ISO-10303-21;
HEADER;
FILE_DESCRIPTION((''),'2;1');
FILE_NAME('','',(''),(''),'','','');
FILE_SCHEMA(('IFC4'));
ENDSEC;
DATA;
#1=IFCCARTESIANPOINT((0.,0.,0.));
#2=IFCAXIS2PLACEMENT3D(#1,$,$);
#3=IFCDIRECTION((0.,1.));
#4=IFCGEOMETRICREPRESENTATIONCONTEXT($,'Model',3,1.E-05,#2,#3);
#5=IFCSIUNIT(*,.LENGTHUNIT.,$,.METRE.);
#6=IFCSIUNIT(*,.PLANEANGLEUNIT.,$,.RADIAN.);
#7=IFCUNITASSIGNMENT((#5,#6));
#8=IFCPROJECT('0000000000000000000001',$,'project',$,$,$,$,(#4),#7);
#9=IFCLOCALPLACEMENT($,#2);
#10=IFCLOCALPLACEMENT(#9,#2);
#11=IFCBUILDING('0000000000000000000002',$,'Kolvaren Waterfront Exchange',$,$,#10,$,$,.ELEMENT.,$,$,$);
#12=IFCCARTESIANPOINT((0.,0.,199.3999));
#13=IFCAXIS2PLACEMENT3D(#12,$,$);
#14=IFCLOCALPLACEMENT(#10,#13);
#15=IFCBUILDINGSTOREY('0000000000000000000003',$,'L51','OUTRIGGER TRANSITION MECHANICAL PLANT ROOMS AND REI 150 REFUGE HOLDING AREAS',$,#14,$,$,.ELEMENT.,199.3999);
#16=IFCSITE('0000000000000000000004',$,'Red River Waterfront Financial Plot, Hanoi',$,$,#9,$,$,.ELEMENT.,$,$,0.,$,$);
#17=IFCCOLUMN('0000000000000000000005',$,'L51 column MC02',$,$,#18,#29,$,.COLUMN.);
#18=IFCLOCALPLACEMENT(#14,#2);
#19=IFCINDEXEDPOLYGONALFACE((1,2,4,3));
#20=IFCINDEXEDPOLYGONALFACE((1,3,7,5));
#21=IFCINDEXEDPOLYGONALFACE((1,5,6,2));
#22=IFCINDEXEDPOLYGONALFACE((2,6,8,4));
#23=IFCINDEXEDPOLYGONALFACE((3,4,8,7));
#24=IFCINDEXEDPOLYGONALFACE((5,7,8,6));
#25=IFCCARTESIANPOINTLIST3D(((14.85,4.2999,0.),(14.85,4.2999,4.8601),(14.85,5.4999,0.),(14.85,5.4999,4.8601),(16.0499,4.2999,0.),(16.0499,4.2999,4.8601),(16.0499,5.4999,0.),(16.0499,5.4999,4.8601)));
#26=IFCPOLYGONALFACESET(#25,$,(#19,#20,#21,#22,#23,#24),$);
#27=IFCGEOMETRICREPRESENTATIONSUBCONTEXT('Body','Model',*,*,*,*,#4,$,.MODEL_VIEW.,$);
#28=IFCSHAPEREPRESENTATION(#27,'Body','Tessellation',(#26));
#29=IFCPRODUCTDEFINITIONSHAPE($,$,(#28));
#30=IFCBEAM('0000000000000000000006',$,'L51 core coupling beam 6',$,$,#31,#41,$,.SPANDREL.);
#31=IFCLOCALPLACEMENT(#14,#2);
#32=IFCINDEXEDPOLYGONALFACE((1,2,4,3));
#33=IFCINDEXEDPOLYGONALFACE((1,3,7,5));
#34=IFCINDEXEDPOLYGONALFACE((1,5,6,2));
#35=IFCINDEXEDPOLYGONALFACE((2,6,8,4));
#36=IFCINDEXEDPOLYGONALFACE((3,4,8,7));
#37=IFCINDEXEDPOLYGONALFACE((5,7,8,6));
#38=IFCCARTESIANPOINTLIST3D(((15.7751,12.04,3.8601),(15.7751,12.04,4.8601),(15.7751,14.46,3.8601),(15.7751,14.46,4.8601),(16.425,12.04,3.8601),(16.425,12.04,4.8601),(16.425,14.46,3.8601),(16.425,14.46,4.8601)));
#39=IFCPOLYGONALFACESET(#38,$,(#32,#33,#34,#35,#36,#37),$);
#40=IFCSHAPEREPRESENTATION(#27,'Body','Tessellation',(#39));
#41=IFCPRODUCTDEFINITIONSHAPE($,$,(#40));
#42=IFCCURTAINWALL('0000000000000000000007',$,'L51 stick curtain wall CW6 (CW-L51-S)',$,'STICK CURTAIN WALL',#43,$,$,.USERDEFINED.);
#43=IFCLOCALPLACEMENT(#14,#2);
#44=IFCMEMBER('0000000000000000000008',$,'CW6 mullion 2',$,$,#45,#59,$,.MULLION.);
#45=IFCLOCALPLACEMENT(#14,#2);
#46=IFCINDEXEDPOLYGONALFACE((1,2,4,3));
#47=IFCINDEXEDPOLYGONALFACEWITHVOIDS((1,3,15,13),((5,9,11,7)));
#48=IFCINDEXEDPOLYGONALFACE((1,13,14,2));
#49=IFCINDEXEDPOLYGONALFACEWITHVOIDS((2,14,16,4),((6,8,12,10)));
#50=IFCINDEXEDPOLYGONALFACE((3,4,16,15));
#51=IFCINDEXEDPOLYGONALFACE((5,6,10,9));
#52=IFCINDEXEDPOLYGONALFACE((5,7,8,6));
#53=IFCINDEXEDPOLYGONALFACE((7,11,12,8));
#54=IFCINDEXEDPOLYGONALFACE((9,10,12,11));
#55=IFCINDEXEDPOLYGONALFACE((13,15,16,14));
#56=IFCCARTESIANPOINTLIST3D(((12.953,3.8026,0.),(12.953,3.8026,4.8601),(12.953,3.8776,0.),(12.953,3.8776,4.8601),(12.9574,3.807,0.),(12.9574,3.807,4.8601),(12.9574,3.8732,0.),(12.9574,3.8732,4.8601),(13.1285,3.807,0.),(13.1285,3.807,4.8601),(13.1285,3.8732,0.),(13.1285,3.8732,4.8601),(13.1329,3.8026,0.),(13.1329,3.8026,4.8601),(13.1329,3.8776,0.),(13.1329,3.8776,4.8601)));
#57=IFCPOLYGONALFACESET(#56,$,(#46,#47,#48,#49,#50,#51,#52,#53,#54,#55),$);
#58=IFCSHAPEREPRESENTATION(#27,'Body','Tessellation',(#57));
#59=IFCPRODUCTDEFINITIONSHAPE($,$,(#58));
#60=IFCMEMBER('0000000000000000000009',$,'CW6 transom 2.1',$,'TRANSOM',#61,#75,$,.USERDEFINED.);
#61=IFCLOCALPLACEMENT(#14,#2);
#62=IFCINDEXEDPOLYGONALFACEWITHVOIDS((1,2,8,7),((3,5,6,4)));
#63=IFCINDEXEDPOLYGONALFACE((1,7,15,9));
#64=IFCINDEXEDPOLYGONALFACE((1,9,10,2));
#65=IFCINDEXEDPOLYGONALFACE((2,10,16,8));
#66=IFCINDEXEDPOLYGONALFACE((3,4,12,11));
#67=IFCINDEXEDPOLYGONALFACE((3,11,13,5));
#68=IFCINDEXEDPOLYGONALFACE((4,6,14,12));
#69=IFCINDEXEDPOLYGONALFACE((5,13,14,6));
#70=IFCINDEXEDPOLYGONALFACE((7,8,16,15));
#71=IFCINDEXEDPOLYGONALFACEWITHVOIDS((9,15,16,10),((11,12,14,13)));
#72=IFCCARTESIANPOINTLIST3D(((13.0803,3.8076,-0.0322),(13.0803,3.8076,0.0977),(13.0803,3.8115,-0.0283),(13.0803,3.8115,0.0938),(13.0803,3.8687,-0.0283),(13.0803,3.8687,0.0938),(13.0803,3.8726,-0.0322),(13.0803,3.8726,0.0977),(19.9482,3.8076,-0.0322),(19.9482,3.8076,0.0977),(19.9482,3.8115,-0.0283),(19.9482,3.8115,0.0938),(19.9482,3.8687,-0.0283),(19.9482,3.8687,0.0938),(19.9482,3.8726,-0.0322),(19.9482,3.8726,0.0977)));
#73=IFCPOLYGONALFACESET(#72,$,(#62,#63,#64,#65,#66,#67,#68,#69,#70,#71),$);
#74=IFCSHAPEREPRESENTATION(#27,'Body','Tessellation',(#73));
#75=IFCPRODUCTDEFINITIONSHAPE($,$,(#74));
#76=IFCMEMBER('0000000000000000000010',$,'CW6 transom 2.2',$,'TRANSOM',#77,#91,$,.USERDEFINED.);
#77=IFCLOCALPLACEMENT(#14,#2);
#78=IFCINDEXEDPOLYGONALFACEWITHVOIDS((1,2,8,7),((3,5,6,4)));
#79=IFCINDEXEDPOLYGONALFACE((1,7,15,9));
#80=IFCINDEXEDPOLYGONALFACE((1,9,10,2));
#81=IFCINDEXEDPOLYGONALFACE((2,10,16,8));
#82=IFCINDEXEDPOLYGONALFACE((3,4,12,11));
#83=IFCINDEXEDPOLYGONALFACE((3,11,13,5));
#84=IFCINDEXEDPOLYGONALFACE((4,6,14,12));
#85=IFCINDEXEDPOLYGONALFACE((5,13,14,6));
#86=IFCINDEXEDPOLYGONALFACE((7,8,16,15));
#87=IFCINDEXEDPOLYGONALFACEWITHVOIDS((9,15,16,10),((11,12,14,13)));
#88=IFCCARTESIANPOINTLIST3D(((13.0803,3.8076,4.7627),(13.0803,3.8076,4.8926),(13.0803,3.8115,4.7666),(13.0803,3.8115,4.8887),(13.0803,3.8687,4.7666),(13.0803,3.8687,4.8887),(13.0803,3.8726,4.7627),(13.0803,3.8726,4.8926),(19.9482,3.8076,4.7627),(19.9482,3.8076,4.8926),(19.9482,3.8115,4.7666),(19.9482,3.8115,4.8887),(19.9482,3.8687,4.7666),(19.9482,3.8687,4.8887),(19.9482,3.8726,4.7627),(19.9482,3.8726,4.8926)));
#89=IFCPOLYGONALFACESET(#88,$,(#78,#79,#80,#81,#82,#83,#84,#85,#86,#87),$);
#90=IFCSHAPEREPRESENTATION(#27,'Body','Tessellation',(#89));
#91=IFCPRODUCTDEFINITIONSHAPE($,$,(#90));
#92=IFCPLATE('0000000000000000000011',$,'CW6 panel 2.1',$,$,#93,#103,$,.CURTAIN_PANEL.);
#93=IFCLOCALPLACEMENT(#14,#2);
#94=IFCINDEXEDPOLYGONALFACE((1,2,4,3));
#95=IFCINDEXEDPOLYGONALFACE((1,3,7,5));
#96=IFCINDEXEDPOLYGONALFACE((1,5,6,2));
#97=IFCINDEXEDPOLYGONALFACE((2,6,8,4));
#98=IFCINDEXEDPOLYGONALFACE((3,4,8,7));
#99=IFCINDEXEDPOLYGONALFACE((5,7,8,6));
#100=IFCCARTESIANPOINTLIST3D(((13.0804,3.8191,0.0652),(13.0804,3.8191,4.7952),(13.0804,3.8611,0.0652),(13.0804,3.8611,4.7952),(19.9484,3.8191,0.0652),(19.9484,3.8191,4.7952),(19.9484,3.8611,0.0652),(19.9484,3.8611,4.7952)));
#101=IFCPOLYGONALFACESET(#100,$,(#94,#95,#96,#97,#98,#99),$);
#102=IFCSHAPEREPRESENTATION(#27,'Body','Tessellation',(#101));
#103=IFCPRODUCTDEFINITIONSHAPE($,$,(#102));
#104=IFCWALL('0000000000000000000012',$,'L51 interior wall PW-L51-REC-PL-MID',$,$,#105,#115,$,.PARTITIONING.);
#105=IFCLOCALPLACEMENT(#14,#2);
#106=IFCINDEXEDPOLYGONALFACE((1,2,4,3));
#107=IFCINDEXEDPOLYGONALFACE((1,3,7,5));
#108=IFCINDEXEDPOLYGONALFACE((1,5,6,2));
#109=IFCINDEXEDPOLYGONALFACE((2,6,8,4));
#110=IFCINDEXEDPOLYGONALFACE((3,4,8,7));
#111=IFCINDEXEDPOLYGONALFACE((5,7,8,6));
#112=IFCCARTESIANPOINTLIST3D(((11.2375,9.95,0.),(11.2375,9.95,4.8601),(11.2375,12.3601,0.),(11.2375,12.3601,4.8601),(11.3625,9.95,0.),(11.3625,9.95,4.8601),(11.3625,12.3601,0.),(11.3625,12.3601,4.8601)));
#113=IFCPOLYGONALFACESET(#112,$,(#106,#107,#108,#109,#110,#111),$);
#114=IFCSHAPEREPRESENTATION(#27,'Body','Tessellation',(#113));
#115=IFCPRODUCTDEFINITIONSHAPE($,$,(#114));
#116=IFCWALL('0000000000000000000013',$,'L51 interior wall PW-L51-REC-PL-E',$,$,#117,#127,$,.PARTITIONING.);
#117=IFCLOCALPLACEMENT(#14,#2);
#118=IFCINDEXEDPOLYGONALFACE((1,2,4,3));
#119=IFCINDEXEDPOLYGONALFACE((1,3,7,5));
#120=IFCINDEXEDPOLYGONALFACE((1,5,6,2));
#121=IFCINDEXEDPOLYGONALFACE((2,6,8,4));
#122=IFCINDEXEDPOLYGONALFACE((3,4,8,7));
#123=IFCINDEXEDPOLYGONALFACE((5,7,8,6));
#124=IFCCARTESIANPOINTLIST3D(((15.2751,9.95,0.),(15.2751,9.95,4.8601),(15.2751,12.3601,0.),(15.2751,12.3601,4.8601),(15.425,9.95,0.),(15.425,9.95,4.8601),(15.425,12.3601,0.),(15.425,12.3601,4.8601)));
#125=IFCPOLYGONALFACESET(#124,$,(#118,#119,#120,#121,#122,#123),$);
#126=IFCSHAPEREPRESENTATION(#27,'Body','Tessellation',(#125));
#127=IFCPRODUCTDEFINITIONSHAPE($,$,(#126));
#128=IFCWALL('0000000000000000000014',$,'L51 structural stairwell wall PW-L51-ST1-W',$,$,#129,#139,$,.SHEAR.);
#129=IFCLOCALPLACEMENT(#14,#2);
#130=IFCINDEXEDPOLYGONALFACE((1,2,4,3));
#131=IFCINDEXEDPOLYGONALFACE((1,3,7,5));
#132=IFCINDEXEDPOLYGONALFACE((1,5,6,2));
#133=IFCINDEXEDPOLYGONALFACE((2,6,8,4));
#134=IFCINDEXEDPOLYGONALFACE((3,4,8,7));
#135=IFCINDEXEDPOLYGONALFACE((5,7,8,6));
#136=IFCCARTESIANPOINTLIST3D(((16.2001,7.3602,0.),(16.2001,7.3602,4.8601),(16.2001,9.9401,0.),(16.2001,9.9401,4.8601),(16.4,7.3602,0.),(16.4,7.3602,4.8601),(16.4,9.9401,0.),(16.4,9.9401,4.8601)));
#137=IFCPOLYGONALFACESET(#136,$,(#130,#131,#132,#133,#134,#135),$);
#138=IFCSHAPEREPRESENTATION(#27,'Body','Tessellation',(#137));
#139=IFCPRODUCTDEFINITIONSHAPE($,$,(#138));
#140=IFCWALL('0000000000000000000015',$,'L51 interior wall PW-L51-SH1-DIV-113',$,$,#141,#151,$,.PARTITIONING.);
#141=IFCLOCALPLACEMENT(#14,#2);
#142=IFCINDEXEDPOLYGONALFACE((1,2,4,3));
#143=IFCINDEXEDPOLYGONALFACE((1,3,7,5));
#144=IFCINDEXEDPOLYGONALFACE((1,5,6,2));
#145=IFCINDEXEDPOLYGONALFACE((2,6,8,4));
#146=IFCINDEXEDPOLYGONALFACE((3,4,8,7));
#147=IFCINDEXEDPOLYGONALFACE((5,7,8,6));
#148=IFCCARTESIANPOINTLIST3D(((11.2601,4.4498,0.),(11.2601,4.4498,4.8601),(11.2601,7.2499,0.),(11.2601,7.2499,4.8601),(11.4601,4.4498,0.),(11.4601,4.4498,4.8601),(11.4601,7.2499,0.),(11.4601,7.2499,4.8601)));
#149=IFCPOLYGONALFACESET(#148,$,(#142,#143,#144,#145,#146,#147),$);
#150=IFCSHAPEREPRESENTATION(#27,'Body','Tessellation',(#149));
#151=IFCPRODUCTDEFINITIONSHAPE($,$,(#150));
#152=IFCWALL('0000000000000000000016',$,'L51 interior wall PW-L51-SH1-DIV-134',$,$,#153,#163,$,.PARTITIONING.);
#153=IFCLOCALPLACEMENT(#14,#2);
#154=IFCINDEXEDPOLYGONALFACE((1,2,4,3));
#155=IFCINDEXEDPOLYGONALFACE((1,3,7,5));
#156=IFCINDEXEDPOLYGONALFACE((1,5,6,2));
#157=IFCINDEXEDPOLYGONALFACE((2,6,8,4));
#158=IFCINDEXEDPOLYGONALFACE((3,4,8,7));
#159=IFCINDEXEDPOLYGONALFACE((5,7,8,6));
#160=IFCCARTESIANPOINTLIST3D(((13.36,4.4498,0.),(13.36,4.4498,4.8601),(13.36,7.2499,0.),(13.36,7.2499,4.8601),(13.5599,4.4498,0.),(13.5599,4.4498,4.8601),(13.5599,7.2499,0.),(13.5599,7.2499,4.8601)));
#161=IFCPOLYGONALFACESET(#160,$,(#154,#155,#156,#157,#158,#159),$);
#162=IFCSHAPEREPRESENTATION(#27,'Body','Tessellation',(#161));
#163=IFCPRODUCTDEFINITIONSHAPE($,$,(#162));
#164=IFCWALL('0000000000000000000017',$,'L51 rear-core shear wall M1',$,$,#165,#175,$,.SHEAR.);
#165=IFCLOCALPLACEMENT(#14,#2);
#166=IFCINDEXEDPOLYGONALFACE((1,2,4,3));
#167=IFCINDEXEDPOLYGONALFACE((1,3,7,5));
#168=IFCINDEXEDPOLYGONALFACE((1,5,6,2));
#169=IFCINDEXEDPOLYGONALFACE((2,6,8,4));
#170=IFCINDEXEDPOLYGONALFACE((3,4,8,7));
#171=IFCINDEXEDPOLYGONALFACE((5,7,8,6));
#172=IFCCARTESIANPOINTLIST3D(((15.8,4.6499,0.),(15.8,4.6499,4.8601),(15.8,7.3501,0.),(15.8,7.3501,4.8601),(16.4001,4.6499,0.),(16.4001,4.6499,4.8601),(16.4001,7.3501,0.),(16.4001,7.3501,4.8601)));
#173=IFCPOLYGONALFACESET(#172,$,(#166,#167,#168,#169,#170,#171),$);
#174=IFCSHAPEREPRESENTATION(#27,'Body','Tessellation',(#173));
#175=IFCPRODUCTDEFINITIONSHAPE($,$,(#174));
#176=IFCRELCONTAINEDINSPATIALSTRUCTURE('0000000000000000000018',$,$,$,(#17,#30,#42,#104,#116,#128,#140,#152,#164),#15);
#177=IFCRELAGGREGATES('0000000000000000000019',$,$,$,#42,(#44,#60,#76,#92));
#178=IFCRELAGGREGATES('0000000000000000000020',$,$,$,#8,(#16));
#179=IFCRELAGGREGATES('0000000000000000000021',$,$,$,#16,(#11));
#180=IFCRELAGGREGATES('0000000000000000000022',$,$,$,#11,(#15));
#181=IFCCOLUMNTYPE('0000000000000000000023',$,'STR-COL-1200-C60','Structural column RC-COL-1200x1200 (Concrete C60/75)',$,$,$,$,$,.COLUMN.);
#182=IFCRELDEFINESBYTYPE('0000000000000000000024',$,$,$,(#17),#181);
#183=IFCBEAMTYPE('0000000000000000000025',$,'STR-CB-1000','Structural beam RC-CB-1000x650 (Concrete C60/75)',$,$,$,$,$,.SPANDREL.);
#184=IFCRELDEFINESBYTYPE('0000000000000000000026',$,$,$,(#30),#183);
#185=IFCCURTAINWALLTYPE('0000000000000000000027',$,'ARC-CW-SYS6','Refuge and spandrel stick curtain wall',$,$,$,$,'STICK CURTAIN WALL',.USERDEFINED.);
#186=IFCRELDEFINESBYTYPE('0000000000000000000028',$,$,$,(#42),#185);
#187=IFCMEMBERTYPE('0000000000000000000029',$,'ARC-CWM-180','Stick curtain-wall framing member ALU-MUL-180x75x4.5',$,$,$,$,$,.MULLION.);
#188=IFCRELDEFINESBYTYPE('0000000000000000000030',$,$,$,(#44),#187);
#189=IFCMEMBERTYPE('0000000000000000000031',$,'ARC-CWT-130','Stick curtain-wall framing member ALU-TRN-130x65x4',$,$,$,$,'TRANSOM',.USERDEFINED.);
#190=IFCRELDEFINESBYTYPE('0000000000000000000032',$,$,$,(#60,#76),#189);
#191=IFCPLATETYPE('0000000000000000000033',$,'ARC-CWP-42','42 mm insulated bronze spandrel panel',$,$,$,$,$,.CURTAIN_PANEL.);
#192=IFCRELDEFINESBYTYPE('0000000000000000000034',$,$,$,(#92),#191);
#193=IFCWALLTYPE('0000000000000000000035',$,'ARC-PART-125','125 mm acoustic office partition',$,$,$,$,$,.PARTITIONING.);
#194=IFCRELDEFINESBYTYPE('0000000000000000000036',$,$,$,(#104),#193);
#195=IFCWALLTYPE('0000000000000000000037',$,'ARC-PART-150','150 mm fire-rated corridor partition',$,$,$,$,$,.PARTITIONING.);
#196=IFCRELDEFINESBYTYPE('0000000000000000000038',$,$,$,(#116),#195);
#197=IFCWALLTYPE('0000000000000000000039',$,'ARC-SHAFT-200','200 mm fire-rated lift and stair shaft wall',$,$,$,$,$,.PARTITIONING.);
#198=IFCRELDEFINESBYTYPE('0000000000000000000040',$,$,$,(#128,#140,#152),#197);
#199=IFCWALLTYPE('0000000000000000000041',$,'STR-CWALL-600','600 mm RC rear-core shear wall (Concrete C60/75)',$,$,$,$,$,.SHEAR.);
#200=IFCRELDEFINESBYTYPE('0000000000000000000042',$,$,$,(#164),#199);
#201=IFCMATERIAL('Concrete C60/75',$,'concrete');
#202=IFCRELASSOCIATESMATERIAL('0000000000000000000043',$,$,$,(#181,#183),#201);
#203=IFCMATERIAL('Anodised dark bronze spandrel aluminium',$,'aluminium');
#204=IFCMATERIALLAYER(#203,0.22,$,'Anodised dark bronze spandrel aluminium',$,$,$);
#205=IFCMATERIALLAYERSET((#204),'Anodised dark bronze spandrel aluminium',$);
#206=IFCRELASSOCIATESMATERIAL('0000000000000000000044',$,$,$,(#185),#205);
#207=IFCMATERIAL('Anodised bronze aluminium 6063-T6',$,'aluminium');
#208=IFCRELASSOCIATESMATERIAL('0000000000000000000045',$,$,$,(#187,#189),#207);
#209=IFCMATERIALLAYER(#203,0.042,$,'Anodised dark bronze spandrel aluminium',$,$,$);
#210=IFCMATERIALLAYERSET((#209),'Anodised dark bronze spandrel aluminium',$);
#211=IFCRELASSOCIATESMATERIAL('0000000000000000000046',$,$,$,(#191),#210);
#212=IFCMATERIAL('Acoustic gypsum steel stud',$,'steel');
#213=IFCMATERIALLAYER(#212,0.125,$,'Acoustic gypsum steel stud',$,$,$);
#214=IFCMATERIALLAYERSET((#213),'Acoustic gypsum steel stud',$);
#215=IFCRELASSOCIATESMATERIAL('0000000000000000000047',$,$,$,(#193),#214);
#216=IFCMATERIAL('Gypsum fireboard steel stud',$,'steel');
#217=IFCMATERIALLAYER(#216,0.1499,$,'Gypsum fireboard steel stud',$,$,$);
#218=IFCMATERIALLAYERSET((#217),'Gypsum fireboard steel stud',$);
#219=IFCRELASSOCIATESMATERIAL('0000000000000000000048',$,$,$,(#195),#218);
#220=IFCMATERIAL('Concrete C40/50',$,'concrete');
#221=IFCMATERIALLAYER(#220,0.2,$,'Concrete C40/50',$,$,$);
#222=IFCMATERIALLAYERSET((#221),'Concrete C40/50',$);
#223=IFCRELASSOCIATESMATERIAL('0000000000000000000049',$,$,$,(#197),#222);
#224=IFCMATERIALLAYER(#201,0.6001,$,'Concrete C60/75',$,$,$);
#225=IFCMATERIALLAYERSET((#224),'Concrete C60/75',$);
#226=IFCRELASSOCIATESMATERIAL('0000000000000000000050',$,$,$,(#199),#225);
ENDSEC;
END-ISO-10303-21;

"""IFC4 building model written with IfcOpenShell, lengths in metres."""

from ifc_helpers import new_model, si_unit, direction, frame, frame_2d, origin, origin_with_axes, origin_2d, place, context, subcontext, project, spatial, rectangle, hollow_rectangle, extrude, source, transform, mapped, material, layer, layer_set, material_profile, profile_set, type_object, element, aggregate, save


model = new_model("IFC4")

# Units and contexts
model_context = context("Model", 3, precision=1e-05, world=origin(), true_north=direction((0.0, 1.0)))
body_context = subcontext(model_context, "Body", "Model", "MODEL_VIEW")
ifc_project = project(units=[si_unit("LENGTHUNIT", "METRE"), si_unit("PLANEANGLEUNIT", "RADIAN")], contexts=[model_context])

# Site, building, storey
site_placement = place(None, origin())
site = spatial("IfcSite", under=ifc_project, at=site_placement, Name="Red River Waterfront Financial Plot, Hanoi", CompositionType="ELEMENT", RefElevation=0.0)
building_placement = place(site_placement, origin())
building = spatial("IfcBuilding", under=site, at=building_placement, Name="Kolvaren Waterfront Exchange", CompositionType="ELEMENT")
storey_placement = place(building_placement, frame((0.0, 0.0, 199.3999)))
storey = spatial("IfcBuildingStorey", under=building, at=storey_placement, Name="L51", Description="OUTRIGGER TRANSITION MECHANICAL PLANT ROOMS AND REI 150 REFUGE HOLDING AREAS", CompositionType="ELEMENT", Elevation=199.3999)

# Column
ifc_material_1 = material(Name="Concrete C60/75", Category="concrete")
ifc_material_profile_1 = material_profile(ifc_material_1, rectangle(XDim=1.2, YDim=1.2, at=origin_2d()), Name="RC-COL-1200x1200")
ifc_profile_set_1 = profile_set([ifc_material_profile_1], Name="Concrete C60/75")
column_type = type_object("IfcColumnType", Name="STR-COL-1200-C60", Description="Structural column RC-COL-1200x1200 (Concrete C60/75)", PredefinedType="COLUMN", material=ifc_profile_set_1)
column_placement = place(storey_placement, frame((15.45, 4.8999, 0.0), z_axis=(0.0, 0.0, 1.0), x_axis=(1.0, 0.0, 0.0)))
element("IfcColumn", 1, at=column_placement, inside=storey, type_object=column_type, Name="L51 column MC02", PredefinedType="COLUMN", context=body_context, shape_type="SweptSolid", body=[
    extrude(rectangle(XDim=1.2, YDim=1.2, at=origin_2d()), origin(), (0.0, 0.0, 1.0), 4.8601),
])

# Beam
ifc_material_profile_2 = material_profile(ifc_material_1, rectangle(XDim=0.6499, YDim=1.0, at=origin_2d()), Name="RC-CB-1000x650")
ifc_profile_set_2 = profile_set([ifc_material_profile_2], Name="Concrete C60/75")
beam_type = type_object("IfcBeamType", Name="STR-CB-1000", Description="Structural beam RC-CB-1000x650 (Concrete C60/75)", PredefinedType="SPANDREL", material=ifc_profile_set_2)
beam_placement = place(storey_placement, frame((16.1001, 12.04, 4.3601), z_axis=(0.0, 1.0, 0.0), x_axis=(-1.0, 0.0, 0.0)))
element("IfcBeam", 2, at=beam_placement, inside=storey, type_object=beam_type, Name="L51 core coupling beam 6", PredefinedType="SPANDREL", context=body_context, shape_type="SweptSolid", body=[
    extrude(rectangle(XDim=0.6499, YDim=1.0, at=origin_2d()), origin(), (0.0, 0.0, 1.0), 2.4199),
])

# Curtain wall, members, plate
ifc_material_2 = material(Name="Anodised dark bronze spandrel aluminium", Category="aluminium")
ifc_layer_1 = layer(ifc_material_2, 0.22, Name="Anodised dark bronze spandrel aluminium")
ifc_layer_set_1 = layer_set([ifc_layer_1], Name="Anodised dark bronze spandrel aluminium")
curtain_wall_type = type_object("IfcCurtainWallType", Name="ARC-CW-SYS6", Description="Refuge and spandrel stick curtain wall", ElementType="STICK CURTAIN WALL", PredefinedType="USERDEFINED", material=ifc_layer_set_1)
curtain_wall_placement = place(storey_placement, origin())
curtain_wall = element("IfcCurtainWall", 3, at=curtain_wall_placement, inside=storey, type_object=curtain_wall_type, Name="L51 stick curtain wall CW6 (CW-L51-S)", ObjectType="STICK CURTAIN WALL", PredefinedType="USERDEFINED")
ifc_material_3 = material(Name="Anodised bronze aluminium 6063-T6", Category="aluminium")
ifc_material_profile_3 = material_profile(ifc_material_3, hollow_rectangle(XDim=0.075, YDim=0.1799, WallThickness=0.0044, at=origin_2d()), Name="ALU-MUL-180x75x4.5")
ifc_profile_set_3 = profile_set([ifc_material_profile_3], Name="Anodised bronze aluminium 6063-T6")
member_type_1 = type_object("IfcMemberType", Name="ARC-CWM-180", Description="Stick curtain-wall framing member ALU-MUL-180x75x4.5", PredefinedType="MULLION", material=ifc_profile_set_3)
shared_shape_1 = source(origin_with_axes(), body_context, "Body", "SweptSolid", [
    extrude(hollow_rectangle(XDim=0.075, YDim=0.1799, WallThickness=0.0044, at=origin_2d()), origin(), (0.0, 0.0, 1.0), 4.8601),
])
member_1_placement = place(storey_placement, frame((13.043, 3.8401, 0.0), z_axis=(0.0, 0.0, 1.0), x_axis=(0.0, 1.0, 0.0)))
member_1 = element("IfcMember", 4, at=member_1_placement, type_object=member_type_1, Name="CW6 mullion 2", PredefinedType="MULLION", context=body_context, shape_type="MappedRepresentation", body=[
    mapped(shared_shape_1, transform((0.0, 0.0, 0.0), x_axis=(1.0, 0.0, 0.0), y_axis=(0.0, 1.0, 0.0), z_axis=(0.0, 0.0, 1.0), scale=1.0)),
])
ifc_material_profile_4 = material_profile(ifc_material_3, hollow_rectangle(XDim=0.0649, YDim=0.1299, WallThickness=0.0039, at=origin_2d()), Name="ALU-TRN-130x65x4")
ifc_profile_set_4 = profile_set([ifc_material_profile_4], Name="Anodised bronze aluminium 6063-T6")
member_type_2 = type_object("IfcMemberType", Name="ARC-CWT-130", Description="Stick curtain-wall framing member ALU-TRN-130x65x4", ElementType="TRANSOM", PredefinedType="USERDEFINED", material=ifc_profile_set_4)
shared_shape_2 = source(origin_with_axes(), body_context, "Body", "SweptSolid", [
    extrude(hollow_rectangle(XDim=0.0649, YDim=0.1299, WallThickness=0.0039, at=origin_2d()), origin(), (0.0, 0.0, 1.0), 6.8679),
])
member_2_placement = place(storey_placement, frame((13.0803, 3.8401, 0.0327), z_axis=(1.0, 0.0, 0.0), x_axis=(0.0, 1.0, 0.0)))
member_2 = element("IfcMember", 5, at=member_2_placement, type_object=member_type_2, Name="CW6 transom 2.1", ObjectType="TRANSOM", PredefinedType="USERDEFINED", context=body_context, shape_type="MappedRepresentation", body=[
    mapped(shared_shape_2, transform((0.0, 0.0, 0.0), x_axis=(1.0, 0.0, 0.0), y_axis=(0.0, 1.0, 0.0), z_axis=(0.0, 0.0, 1.0), scale=1.0)),
])
member_3_placement = place(storey_placement, frame((13.0803, 3.8401, 4.8276), z_axis=(1.0, 0.0, 0.0), x_axis=(0.0, 1.0, 0.0)))
member_3 = element("IfcMember", 6, at=member_3_placement, type_object=member_type_2, Name="CW6 transom 2.2", ObjectType="TRANSOM", PredefinedType="USERDEFINED", context=body_context, shape_type="MappedRepresentation", body=[
    mapped(shared_shape_2, transform((0.0, 0.0, 0.0), x_axis=(1.0, 0.0, 0.0), y_axis=(0.0, 1.0, 0.0), z_axis=(0.0, 0.0, 1.0), scale=1.0)),
])
ifc_layer_2 = layer(ifc_material_2, 0.042, Name="Anodised dark bronze spandrel aluminium")
ifc_layer_set_2 = layer_set([ifc_layer_2], Name="Anodised dark bronze spandrel aluminium")
plate_type = type_object("IfcPlateType", Name="ARC-CWP-42", Description="42 mm insulated bronze spandrel panel", PredefinedType="CURTAIN_PANEL", material=ifc_layer_set_2)
shared_shape_3 = source(origin_with_axes(), body_context, "Body", "SweptSolid", [
    extrude(rectangle(XDim=6.8679, YDim=0.042, at=origin_2d()), origin(), (0.0, 0.0, 1.0), 4.73),
])
plate_placement = place(storey_placement, frame((16.5144, 3.8401, 0.0652), z_axis=(0.0, 0.0, 1.0), x_axis=(1.0, 0.0, 0.0)))
plate = element("IfcPlate", 7, at=plate_placement, type_object=plate_type, Name="CW6 panel 2.1", PredefinedType="CURTAIN_PANEL", context=body_context, shape_type="MappedRepresentation", body=[
    mapped(shared_shape_3, transform((0.0, 0.0, 0.0), x_axis=(1.0, 0.0, 0.0), y_axis=(0.0, 1.0, 0.0), z_axis=(0.0, 0.0, 1.0), scale=1.0)),
])
aggregate(curtain_wall, [member_1, member_2, member_3, plate])

# Walls
ifc_material_4 = material(Name="Acoustic gypsum steel stud", Category="steel")
ifc_layer_3 = layer(ifc_material_4, 0.125, Name="Acoustic gypsum steel stud")
ifc_layer_set_3 = layer_set([ifc_layer_3], Name="Acoustic gypsum steel stud")
wall_type_1 = type_object("IfcWallType", Name="ARC-PART-125", Description="125 mm acoustic office partition", PredefinedType="PARTITIONING", material=ifc_layer_set_3)
wall_1_placement = place(storey_placement, frame((11.3, 9.95, 0.0), z_axis=(0.0, 0.0, 1.0), x_axis=(0.0, 1.0, 0.0)))
element("IfcWall", 8, at=wall_1_placement, inside=storey, type_object=wall_type_1, Name="L51 interior wall PW-L51-REC-PL-MID", PredefinedType="PARTITIONING", context=body_context, shape_type="SweptSolid", body=[
    extrude(rectangle(XDim=2.4102, YDim=0.125, at=frame_2d((1.2051, 0.0))), origin(), (0.0, 0.0, 1.0), 4.8601),
])
ifc_material_5 = material(Name="Gypsum fireboard steel stud", Category="steel")
ifc_layer_4 = layer(ifc_material_5, 0.1499, Name="Gypsum fireboard steel stud")
ifc_layer_set_4 = layer_set([ifc_layer_4], Name="Gypsum fireboard steel stud")
wall_type_2 = type_object("IfcWallType", Name="ARC-PART-150", Description="150 mm fire-rated corridor partition", PredefinedType="PARTITIONING", material=ifc_layer_set_4)
wall_2_placement = place(storey_placement, frame((15.3501, 9.95, 0.0), z_axis=(0.0, 0.0, 1.0), x_axis=(0.0, 1.0, 0.0)))
element("IfcWall", 9, at=wall_2_placement, inside=storey, type_object=wall_type_2, Name="L51 interior wall PW-L51-REC-PL-E", PredefinedType="PARTITIONING", context=body_context, shape_type="SweptSolid", body=[
    extrude(rectangle(XDim=2.4102, YDim=0.1499, at=frame_2d((1.2051, 0.0))), origin(), (0.0, 0.0, 1.0), 4.8601),
])
ifc_material_6 = material(Name="Concrete C40/50", Category="concrete")
ifc_layer_5 = layer(ifc_material_6, 0.2, Name="Concrete C40/50")
ifc_layer_set_5 = layer_set([ifc_layer_5], Name="Concrete C40/50")
wall_type_3 = type_object("IfcWallType", Name="ARC-SHAFT-200", Description="200 mm fire-rated lift and stair shaft wall", PredefinedType="PARTITIONING", material=ifc_layer_set_5)
wall_3_placement = place(storey_placement, frame((16.3, 7.3601, 0.0), z_axis=(0.0, 0.0, 1.0), x_axis=(0.0, 1.0, 0.0)))
element("IfcWall", 10, at=wall_3_placement, inside=storey, type_object=wall_type_3, Name="L51 structural stairwell wall PW-L51-ST1-W", PredefinedType="SHEAR", context=body_context, shape_type="SweptSolid", body=[
    extrude(rectangle(XDim=2.5798, YDim=0.2, at=frame_2d((1.29, 0.0))), origin(), (0.0, 0.0, 1.0), 4.8601),
])
for number, where, z_axis, x_axis, name in (
    (11, (11.3601, 4.45, 0.0), (0.0, 0.0, 1.0), (0.0, 1.0, 0.0), "L51 interior wall PW-L51-SH1-DIV-113"),
    (12, (13.46, 4.45, 0.0), (0.0, 0.0, 1.0), (0.0, 1.0, 0.0), "L51 interior wall PW-L51-SH1-DIV-134"),
):
    element("IfcWall", number, at=place(storey_placement, frame(where, z_axis=z_axis, x_axis=x_axis)), inside=storey, type_object=wall_type_3, Name=name, PredefinedType="PARTITIONING", context=body_context, shape_type="SweptSolid", body=[
        extrude(rectangle(XDim=2.8, YDim=0.2, at=frame_2d((1.3999, 0.0))), origin(), (0.0, 0.0, 1.0), 4.8601),
    ])
ifc_layer_6 = layer(ifc_material_1, 0.6001, Name="Concrete C60/75")
ifc_layer_set_6 = layer_set([ifc_layer_6], Name="Concrete C60/75")
wall_type_4 = type_object("IfcWallType", Name="STR-CWALL-600", Description="600 mm RC rear-core shear wall (Concrete C60/75)", PredefinedType="SHEAR", material=ifc_layer_set_6)
wall_4_placement = place(storey_placement, frame((16.1001, 4.6499, 0.0), z_axis=(0.0, 0.0, 1.0), x_axis=(0.0, 1.0, 0.0)))
element("IfcWall", 13, at=wall_4_placement, inside=storey, type_object=wall_type_4, Name="L51 rear-core shear wall M1", PredefinedType="SHEAR", context=body_context, shape_type="SweptSolid", body=[
    extrude(rectangle(XDim=2.7002, YDim=0.6001, at=frame_2d((1.3501, 0.0))), origin(), (0.0, 0.0, 1.0), 4.8601),
])

save(model, "model.ifc")
